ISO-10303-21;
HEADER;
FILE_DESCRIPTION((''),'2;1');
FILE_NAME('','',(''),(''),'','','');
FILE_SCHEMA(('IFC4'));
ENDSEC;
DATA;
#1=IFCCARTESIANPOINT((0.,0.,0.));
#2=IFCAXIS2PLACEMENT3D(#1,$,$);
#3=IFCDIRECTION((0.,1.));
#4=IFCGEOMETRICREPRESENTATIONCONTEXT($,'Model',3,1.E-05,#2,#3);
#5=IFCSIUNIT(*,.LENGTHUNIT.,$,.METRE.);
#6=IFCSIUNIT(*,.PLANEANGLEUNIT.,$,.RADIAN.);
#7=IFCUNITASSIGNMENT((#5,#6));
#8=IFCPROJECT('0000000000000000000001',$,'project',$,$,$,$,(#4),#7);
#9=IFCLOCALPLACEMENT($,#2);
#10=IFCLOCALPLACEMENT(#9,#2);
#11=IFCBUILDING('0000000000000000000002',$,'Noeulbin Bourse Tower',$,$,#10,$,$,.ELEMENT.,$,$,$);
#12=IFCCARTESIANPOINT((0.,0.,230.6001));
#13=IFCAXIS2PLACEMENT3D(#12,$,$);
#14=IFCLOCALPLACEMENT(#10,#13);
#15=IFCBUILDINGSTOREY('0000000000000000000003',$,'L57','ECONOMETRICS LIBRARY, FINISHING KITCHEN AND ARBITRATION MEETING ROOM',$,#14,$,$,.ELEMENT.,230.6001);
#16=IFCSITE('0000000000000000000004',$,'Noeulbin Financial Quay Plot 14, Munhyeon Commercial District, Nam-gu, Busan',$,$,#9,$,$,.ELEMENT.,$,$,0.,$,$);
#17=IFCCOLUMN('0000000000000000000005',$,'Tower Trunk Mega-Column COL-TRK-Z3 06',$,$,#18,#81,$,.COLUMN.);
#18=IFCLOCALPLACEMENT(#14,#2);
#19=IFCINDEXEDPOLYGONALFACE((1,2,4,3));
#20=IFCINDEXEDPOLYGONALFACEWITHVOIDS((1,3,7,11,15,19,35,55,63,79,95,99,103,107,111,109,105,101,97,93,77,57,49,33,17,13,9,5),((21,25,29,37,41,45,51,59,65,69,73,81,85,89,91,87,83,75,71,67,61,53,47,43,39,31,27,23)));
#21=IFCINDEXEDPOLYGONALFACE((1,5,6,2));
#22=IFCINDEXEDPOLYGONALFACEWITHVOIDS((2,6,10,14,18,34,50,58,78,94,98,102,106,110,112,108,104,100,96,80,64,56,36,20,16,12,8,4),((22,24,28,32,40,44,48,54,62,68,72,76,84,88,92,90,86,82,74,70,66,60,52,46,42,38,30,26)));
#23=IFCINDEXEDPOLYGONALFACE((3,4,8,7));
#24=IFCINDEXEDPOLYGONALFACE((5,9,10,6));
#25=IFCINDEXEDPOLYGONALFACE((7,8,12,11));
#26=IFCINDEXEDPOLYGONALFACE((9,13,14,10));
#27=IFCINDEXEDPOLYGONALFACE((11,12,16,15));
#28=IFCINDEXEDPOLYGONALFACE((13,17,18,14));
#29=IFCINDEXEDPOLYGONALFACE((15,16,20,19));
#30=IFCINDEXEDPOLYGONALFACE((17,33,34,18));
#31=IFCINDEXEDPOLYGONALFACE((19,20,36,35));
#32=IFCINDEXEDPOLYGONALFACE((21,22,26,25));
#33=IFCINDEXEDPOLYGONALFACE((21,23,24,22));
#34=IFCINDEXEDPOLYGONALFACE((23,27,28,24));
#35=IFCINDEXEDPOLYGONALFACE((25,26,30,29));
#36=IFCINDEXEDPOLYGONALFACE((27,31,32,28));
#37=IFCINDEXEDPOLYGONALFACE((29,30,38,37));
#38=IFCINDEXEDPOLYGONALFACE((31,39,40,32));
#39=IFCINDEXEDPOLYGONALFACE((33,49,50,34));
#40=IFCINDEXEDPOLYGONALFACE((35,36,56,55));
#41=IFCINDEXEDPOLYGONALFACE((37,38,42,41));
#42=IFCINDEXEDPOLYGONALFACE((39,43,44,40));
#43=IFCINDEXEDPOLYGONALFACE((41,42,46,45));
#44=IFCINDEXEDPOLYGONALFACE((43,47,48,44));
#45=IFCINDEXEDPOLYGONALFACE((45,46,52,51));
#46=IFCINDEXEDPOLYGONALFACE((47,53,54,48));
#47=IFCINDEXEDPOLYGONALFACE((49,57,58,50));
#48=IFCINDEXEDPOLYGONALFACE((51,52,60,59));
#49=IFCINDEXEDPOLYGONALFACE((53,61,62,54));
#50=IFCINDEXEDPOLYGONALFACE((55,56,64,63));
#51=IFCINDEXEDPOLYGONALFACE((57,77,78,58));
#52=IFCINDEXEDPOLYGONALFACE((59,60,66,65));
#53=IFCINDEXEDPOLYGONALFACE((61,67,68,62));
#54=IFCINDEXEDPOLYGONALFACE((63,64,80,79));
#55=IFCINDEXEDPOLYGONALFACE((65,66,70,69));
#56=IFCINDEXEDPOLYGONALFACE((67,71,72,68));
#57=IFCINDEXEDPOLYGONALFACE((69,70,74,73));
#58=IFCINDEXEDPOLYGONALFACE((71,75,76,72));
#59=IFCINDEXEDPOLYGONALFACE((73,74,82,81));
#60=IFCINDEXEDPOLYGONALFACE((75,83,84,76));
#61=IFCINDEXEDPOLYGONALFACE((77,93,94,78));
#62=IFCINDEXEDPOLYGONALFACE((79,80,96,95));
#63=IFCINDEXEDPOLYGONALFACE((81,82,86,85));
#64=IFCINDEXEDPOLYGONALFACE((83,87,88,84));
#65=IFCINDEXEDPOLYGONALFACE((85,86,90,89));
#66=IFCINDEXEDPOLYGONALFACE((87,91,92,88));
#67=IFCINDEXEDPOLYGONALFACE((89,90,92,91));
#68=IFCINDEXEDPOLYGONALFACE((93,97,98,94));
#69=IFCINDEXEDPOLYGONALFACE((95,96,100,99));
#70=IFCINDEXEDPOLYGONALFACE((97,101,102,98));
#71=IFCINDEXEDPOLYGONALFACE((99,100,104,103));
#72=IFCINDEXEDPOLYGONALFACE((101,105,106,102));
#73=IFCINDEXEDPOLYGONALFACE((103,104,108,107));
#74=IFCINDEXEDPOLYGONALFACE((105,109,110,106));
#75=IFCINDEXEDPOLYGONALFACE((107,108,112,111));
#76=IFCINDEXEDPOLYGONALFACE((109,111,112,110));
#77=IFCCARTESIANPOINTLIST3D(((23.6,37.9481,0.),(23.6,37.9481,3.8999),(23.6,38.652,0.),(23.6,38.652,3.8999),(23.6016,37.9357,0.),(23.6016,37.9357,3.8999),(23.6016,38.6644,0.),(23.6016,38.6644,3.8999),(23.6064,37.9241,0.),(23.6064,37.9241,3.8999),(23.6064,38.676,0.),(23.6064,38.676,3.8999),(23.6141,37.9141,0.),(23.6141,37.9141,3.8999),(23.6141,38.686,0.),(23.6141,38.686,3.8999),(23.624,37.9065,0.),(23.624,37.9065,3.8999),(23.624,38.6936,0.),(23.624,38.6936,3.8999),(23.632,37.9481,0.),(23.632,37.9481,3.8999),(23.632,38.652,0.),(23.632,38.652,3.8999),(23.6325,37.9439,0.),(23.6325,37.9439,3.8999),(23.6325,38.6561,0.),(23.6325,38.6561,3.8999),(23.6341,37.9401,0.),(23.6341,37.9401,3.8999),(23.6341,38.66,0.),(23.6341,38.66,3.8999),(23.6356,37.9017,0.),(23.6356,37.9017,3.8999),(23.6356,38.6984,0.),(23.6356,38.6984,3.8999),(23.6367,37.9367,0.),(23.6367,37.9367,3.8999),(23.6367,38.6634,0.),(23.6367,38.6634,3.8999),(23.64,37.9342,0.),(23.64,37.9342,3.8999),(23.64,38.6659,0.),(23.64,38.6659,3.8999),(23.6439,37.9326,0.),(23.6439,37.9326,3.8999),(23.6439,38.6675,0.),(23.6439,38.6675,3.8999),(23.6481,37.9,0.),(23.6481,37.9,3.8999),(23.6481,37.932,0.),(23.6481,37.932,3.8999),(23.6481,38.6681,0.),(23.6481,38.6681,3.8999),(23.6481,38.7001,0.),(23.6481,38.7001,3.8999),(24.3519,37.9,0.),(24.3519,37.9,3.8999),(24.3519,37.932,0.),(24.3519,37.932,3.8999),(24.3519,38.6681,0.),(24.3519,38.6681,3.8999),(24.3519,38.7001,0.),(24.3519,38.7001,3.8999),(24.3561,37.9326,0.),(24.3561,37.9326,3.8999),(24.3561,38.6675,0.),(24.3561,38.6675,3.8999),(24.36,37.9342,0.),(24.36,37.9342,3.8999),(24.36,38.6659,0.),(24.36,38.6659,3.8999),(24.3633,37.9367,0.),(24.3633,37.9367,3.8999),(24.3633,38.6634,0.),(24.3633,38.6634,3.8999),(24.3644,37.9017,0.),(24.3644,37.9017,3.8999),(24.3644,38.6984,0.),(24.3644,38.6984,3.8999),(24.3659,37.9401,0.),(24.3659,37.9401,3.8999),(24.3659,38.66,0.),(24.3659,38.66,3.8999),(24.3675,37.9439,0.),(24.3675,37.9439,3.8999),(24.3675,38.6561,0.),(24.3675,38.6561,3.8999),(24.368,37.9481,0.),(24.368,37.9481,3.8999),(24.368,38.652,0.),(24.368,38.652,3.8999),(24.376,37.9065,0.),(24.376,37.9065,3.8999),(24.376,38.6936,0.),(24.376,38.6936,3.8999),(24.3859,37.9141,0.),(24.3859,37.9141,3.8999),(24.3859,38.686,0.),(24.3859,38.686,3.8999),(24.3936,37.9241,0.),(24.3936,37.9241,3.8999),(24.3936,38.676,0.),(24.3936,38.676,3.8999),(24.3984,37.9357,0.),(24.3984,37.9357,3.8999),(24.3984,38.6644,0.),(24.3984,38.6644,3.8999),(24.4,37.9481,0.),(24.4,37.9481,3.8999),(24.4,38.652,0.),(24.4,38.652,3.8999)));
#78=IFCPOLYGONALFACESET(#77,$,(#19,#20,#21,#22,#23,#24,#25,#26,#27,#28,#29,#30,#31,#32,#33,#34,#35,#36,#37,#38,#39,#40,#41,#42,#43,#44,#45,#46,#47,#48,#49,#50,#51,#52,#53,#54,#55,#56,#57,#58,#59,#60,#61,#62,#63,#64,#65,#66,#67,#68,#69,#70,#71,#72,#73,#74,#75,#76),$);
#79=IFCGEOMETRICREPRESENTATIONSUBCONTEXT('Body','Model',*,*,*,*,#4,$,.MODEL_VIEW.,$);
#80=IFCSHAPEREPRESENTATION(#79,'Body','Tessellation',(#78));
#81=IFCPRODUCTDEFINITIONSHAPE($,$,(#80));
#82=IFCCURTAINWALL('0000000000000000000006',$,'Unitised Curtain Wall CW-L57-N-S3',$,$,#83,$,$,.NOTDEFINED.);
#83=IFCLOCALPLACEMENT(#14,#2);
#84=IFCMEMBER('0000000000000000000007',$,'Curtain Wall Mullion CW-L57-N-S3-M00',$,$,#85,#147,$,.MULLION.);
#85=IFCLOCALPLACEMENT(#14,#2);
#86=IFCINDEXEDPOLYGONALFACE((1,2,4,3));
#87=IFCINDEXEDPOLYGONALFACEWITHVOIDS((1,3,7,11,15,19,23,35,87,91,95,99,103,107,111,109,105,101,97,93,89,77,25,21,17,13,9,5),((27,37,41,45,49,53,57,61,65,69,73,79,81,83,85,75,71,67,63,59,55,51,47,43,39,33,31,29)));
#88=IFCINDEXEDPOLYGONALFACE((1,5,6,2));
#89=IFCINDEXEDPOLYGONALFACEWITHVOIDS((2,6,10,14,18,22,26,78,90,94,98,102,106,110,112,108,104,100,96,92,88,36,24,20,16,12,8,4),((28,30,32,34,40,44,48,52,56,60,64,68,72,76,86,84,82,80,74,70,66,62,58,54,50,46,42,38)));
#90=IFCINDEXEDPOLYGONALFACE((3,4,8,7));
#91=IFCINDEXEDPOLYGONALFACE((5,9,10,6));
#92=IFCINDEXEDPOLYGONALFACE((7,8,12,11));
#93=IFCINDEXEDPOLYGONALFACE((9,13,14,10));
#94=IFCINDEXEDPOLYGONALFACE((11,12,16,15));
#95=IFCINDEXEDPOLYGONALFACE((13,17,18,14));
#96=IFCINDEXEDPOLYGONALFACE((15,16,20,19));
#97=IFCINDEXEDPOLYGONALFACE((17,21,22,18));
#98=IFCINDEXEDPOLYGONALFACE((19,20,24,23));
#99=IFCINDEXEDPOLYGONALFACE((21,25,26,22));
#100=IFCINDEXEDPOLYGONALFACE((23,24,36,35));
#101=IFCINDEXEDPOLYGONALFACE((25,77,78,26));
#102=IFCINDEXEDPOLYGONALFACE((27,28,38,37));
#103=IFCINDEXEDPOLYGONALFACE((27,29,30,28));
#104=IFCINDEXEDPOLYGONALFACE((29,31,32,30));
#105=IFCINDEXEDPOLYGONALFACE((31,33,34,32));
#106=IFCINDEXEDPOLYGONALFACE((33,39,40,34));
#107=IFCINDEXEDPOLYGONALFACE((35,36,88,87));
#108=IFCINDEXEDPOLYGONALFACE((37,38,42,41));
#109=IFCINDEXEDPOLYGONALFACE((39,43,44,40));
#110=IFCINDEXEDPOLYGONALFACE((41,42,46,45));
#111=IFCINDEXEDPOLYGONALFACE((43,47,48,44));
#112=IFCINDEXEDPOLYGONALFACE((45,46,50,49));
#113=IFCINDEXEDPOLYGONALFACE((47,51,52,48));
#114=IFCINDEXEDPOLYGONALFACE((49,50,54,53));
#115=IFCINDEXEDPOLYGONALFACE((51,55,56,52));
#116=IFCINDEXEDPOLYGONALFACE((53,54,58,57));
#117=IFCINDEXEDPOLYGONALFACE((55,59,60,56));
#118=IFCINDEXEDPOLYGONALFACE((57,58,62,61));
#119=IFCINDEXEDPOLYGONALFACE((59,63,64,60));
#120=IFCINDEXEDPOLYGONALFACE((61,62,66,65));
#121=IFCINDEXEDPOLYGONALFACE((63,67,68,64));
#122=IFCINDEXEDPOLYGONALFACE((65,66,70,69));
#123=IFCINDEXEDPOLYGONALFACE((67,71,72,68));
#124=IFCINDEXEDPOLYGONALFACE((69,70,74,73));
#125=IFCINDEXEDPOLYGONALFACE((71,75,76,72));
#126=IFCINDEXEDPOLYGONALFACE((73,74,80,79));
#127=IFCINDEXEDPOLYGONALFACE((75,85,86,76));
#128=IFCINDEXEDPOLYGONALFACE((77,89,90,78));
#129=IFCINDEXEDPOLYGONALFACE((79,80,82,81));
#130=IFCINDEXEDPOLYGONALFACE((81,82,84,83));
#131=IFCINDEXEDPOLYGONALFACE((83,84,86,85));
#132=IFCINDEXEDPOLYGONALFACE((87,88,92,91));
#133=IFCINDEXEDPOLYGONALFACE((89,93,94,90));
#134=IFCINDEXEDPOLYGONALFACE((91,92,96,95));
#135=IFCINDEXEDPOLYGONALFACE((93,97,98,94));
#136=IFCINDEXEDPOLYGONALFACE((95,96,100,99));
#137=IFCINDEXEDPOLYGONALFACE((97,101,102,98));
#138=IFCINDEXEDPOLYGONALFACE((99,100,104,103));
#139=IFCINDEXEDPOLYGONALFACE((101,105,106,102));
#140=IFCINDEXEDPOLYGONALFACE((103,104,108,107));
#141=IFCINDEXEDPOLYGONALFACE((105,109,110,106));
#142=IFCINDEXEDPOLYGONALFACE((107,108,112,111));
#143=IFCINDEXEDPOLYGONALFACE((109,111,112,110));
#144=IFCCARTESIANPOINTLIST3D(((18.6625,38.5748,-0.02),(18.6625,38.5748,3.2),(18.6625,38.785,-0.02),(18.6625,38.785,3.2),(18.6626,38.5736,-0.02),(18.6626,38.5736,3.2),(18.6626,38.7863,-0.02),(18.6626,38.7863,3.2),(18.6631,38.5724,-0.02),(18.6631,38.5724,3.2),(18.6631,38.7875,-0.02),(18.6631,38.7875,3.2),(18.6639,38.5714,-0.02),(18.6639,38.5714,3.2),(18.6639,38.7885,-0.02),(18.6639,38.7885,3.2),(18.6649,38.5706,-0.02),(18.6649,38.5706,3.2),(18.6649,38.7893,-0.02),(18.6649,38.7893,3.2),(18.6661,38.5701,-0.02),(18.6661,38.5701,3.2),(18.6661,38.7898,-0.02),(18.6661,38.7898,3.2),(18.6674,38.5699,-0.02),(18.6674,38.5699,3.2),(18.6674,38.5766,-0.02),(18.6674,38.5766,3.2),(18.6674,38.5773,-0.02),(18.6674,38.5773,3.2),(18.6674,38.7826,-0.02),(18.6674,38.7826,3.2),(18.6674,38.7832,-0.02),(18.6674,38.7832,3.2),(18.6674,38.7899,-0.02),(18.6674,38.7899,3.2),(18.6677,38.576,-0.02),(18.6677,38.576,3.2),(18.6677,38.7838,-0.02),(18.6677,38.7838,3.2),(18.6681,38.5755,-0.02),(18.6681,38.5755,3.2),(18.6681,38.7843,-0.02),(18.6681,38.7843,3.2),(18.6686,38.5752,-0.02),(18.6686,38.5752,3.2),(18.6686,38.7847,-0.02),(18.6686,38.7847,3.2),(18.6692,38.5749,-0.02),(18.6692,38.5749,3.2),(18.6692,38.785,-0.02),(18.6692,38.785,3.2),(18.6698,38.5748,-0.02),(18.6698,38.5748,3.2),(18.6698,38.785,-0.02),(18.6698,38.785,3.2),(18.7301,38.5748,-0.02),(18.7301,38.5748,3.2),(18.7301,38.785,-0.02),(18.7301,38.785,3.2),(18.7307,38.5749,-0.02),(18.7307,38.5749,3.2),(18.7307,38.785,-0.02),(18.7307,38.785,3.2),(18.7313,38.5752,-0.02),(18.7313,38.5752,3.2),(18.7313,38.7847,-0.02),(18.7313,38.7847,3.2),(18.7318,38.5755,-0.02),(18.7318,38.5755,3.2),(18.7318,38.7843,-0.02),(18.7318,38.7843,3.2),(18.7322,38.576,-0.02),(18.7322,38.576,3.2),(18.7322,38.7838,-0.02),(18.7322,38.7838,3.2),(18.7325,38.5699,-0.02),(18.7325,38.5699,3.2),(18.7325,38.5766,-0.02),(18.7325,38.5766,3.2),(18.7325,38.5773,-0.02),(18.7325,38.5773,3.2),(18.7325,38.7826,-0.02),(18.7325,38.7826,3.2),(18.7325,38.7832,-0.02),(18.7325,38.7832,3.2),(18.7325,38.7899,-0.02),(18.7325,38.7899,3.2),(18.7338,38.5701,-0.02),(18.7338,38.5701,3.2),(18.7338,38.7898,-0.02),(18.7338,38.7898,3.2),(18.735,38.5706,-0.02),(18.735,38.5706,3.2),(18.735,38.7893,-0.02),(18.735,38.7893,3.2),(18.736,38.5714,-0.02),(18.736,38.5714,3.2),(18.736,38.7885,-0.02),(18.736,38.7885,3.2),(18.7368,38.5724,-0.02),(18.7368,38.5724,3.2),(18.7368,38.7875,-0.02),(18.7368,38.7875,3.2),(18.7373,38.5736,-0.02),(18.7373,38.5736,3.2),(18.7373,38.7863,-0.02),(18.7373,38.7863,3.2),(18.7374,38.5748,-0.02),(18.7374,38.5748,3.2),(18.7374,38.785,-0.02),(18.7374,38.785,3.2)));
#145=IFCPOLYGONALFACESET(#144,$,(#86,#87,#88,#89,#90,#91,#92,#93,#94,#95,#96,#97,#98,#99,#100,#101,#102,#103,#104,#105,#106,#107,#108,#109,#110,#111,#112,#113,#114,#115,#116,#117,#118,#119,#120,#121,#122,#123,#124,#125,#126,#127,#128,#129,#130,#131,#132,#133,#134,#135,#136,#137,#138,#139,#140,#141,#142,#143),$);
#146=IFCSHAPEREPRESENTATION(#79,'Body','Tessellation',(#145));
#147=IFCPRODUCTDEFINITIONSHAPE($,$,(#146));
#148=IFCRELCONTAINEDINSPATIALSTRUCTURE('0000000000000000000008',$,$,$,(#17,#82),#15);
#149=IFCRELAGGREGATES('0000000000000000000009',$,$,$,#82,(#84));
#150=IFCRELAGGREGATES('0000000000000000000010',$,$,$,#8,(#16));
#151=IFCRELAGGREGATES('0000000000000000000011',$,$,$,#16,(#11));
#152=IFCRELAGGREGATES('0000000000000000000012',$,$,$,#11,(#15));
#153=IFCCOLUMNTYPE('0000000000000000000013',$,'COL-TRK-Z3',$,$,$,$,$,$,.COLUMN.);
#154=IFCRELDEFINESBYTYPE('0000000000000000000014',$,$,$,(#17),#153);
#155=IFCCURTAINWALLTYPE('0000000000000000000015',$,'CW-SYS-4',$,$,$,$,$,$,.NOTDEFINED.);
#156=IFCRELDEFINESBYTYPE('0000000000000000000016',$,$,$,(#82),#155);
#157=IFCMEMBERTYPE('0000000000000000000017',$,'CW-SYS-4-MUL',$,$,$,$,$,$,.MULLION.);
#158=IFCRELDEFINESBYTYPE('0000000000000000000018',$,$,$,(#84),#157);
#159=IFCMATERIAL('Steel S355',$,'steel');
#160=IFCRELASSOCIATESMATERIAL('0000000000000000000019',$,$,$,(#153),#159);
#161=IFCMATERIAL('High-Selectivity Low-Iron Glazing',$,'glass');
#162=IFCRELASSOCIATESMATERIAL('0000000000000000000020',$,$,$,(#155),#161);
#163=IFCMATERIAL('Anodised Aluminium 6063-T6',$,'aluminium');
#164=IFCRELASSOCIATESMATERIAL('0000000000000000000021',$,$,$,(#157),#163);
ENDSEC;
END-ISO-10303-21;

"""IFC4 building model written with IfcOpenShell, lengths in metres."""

from ifc_helpers import new_model, si_unit, direction, frame, origin, origin_2d, place, context, subcontext, project, spatial, hollow_rectangle, extrude, material, material_profile, profile_set, type_object, element, aggregate, save


model = new_model("IFC4")

# Units and contexts
model_context = context("Model", 3, precision=1e-05, world=origin(), true_north=direction((0.0, 1.0)))
body_context = subcontext(model_context, "Body", "Model", "MODEL_VIEW")
ifc_project = project(units=[si_unit("LENGTHUNIT", "METRE"), si_unit("PLANEANGLEUNIT", "RADIAN")], contexts=[model_context])

# Site, building, storey
site_placement = place(None, origin())
site = spatial("IfcSite", under=ifc_project, at=site_placement, Name="Noeulbin Financial Quay Plot 14, Munhyeon Commercial District, Nam-gu, Busan", CompositionType="ELEMENT", RefElevation=0.0)
building_placement = place(site_placement, origin())
building = spatial("IfcBuilding", under=site, at=building_placement, Name="Noeulbin Bourse Tower", CompositionType="ELEMENT")
storey_placement = place(building_placement, frame((0.0, 0.0, 230.6001)))
storey = spatial("IfcBuildingStorey", under=building, at=storey_placement, Name="L57", Description="ECONOMETRICS LIBRARY, FINISHING KITCHEN AND ARBITRATION MEETING ROOM", CompositionType="ELEMENT", Elevation=230.6001)

# Column
ifc_material_1 = material(Name="Steel S355", Category="steel")
ifc_material_profile_1 = material_profile(ifc_material_1, hollow_rectangle(XDim=0.8, YDim=0.8, WallThickness=0.032, InnerFilletRadius=0.0161, OuterFilletRadius=0.0481, at=origin_2d()), Name="BOX-800x800x32", Category="LoadBearing")
ifc_profile_set_1 = profile_set([ifc_material_profile_1], Name="Steel S355")
column_type = type_object("IfcColumnType", Name="COL-TRK-Z3", PredefinedType="COLUMN", material=ifc_profile_set_1)
for number, where, z_axis, x_axis, name in (
    (1, (24.0, 38.3, 0.0), (0.0, 0.0, 1.0), (1.0, 0.0, 0.0), "Tower Trunk Mega-Column COL-TRK-Z3 06"),
):
    element("IfcColumn", number, at=place(storey_placement, frame(where, z_axis=z_axis, x_axis=x_axis)), inside=storey, type_object=column_type, Name=name, PredefinedType="COLUMN", context=body_context, shape_type="SweptSolid", body=[
        extrude(hollow_rectangle(XDim=0.8, YDim=0.8, WallThickness=0.032, InnerFilletRadius=0.0161, OuterFilletRadius=0.0481, at=origin_2d()), origin(), (0.0, 0.0, 1.0), 3.8999),
    ])

# Curtain wall, member
ifc_material_2 = material(Name="High-Selectivity Low-Iron Glazing", Category="glass")
curtain_wall_type = type_object("IfcCurtainWallType", Name="CW-SYS-4", PredefinedType="NOTDEFINED", material=ifc_material_2)
curtain_wall_placement = place(storey_placement, origin())
curtain_wall = element("IfcCurtainWall", 2, at=curtain_wall_placement, inside=storey, type_object=curtain_wall_type, Name="Unitised Curtain Wall CW-L57-N-S3", PredefinedType="NOTDEFINED")
ifc_material_3 = material(Name="Anodised Aluminium 6063-T6", Category="aluminium")
ifc_material_profile_2 = material_profile(ifc_material_3, hollow_rectangle(XDim=0.075, YDim=0.22, WallThickness=0.0049, InnerFilletRadius=0.0024, OuterFilletRadius=0.0049, at=origin_2d()), Name="ALU-MULL-75x220x5", Category="LoadBearing")
ifc_profile_set_2 = profile_set([ifc_material_profile_2], Name="Anodised Aluminium 6063-T6")
member_type_1 = type_object("IfcMemberType", Name="CW-SYS-4-MUL", PredefinedType="MULLION", material=ifc_profile_set_2)
member_1_placement = place(storey_placement, frame((18.7, 38.6799, -0.02), z_axis=(0.0, 0.0, 1.0), x_axis=(1.0, 0.0, 0.0)))
member_1 = element("IfcMember", 3, at=member_1_placement, type_object=member_type_1, Name="Curtain Wall Mullion CW-L57-N-S3-M00", PredefinedType="MULLION", context=body_context, shape_type="SweptSolid", body=[
    extrude(hollow_rectangle(XDim=0.075, YDim=0.22, WallThickness=0.0049, InnerFilletRadius=0.0024, OuterFilletRadius=0.0049, at=origin_2d()), origin(), (0.0, 0.0, 1.0), 3.22),
])
aggregate(curtain_wall, [member_1])

save(model, "model.ifc")
